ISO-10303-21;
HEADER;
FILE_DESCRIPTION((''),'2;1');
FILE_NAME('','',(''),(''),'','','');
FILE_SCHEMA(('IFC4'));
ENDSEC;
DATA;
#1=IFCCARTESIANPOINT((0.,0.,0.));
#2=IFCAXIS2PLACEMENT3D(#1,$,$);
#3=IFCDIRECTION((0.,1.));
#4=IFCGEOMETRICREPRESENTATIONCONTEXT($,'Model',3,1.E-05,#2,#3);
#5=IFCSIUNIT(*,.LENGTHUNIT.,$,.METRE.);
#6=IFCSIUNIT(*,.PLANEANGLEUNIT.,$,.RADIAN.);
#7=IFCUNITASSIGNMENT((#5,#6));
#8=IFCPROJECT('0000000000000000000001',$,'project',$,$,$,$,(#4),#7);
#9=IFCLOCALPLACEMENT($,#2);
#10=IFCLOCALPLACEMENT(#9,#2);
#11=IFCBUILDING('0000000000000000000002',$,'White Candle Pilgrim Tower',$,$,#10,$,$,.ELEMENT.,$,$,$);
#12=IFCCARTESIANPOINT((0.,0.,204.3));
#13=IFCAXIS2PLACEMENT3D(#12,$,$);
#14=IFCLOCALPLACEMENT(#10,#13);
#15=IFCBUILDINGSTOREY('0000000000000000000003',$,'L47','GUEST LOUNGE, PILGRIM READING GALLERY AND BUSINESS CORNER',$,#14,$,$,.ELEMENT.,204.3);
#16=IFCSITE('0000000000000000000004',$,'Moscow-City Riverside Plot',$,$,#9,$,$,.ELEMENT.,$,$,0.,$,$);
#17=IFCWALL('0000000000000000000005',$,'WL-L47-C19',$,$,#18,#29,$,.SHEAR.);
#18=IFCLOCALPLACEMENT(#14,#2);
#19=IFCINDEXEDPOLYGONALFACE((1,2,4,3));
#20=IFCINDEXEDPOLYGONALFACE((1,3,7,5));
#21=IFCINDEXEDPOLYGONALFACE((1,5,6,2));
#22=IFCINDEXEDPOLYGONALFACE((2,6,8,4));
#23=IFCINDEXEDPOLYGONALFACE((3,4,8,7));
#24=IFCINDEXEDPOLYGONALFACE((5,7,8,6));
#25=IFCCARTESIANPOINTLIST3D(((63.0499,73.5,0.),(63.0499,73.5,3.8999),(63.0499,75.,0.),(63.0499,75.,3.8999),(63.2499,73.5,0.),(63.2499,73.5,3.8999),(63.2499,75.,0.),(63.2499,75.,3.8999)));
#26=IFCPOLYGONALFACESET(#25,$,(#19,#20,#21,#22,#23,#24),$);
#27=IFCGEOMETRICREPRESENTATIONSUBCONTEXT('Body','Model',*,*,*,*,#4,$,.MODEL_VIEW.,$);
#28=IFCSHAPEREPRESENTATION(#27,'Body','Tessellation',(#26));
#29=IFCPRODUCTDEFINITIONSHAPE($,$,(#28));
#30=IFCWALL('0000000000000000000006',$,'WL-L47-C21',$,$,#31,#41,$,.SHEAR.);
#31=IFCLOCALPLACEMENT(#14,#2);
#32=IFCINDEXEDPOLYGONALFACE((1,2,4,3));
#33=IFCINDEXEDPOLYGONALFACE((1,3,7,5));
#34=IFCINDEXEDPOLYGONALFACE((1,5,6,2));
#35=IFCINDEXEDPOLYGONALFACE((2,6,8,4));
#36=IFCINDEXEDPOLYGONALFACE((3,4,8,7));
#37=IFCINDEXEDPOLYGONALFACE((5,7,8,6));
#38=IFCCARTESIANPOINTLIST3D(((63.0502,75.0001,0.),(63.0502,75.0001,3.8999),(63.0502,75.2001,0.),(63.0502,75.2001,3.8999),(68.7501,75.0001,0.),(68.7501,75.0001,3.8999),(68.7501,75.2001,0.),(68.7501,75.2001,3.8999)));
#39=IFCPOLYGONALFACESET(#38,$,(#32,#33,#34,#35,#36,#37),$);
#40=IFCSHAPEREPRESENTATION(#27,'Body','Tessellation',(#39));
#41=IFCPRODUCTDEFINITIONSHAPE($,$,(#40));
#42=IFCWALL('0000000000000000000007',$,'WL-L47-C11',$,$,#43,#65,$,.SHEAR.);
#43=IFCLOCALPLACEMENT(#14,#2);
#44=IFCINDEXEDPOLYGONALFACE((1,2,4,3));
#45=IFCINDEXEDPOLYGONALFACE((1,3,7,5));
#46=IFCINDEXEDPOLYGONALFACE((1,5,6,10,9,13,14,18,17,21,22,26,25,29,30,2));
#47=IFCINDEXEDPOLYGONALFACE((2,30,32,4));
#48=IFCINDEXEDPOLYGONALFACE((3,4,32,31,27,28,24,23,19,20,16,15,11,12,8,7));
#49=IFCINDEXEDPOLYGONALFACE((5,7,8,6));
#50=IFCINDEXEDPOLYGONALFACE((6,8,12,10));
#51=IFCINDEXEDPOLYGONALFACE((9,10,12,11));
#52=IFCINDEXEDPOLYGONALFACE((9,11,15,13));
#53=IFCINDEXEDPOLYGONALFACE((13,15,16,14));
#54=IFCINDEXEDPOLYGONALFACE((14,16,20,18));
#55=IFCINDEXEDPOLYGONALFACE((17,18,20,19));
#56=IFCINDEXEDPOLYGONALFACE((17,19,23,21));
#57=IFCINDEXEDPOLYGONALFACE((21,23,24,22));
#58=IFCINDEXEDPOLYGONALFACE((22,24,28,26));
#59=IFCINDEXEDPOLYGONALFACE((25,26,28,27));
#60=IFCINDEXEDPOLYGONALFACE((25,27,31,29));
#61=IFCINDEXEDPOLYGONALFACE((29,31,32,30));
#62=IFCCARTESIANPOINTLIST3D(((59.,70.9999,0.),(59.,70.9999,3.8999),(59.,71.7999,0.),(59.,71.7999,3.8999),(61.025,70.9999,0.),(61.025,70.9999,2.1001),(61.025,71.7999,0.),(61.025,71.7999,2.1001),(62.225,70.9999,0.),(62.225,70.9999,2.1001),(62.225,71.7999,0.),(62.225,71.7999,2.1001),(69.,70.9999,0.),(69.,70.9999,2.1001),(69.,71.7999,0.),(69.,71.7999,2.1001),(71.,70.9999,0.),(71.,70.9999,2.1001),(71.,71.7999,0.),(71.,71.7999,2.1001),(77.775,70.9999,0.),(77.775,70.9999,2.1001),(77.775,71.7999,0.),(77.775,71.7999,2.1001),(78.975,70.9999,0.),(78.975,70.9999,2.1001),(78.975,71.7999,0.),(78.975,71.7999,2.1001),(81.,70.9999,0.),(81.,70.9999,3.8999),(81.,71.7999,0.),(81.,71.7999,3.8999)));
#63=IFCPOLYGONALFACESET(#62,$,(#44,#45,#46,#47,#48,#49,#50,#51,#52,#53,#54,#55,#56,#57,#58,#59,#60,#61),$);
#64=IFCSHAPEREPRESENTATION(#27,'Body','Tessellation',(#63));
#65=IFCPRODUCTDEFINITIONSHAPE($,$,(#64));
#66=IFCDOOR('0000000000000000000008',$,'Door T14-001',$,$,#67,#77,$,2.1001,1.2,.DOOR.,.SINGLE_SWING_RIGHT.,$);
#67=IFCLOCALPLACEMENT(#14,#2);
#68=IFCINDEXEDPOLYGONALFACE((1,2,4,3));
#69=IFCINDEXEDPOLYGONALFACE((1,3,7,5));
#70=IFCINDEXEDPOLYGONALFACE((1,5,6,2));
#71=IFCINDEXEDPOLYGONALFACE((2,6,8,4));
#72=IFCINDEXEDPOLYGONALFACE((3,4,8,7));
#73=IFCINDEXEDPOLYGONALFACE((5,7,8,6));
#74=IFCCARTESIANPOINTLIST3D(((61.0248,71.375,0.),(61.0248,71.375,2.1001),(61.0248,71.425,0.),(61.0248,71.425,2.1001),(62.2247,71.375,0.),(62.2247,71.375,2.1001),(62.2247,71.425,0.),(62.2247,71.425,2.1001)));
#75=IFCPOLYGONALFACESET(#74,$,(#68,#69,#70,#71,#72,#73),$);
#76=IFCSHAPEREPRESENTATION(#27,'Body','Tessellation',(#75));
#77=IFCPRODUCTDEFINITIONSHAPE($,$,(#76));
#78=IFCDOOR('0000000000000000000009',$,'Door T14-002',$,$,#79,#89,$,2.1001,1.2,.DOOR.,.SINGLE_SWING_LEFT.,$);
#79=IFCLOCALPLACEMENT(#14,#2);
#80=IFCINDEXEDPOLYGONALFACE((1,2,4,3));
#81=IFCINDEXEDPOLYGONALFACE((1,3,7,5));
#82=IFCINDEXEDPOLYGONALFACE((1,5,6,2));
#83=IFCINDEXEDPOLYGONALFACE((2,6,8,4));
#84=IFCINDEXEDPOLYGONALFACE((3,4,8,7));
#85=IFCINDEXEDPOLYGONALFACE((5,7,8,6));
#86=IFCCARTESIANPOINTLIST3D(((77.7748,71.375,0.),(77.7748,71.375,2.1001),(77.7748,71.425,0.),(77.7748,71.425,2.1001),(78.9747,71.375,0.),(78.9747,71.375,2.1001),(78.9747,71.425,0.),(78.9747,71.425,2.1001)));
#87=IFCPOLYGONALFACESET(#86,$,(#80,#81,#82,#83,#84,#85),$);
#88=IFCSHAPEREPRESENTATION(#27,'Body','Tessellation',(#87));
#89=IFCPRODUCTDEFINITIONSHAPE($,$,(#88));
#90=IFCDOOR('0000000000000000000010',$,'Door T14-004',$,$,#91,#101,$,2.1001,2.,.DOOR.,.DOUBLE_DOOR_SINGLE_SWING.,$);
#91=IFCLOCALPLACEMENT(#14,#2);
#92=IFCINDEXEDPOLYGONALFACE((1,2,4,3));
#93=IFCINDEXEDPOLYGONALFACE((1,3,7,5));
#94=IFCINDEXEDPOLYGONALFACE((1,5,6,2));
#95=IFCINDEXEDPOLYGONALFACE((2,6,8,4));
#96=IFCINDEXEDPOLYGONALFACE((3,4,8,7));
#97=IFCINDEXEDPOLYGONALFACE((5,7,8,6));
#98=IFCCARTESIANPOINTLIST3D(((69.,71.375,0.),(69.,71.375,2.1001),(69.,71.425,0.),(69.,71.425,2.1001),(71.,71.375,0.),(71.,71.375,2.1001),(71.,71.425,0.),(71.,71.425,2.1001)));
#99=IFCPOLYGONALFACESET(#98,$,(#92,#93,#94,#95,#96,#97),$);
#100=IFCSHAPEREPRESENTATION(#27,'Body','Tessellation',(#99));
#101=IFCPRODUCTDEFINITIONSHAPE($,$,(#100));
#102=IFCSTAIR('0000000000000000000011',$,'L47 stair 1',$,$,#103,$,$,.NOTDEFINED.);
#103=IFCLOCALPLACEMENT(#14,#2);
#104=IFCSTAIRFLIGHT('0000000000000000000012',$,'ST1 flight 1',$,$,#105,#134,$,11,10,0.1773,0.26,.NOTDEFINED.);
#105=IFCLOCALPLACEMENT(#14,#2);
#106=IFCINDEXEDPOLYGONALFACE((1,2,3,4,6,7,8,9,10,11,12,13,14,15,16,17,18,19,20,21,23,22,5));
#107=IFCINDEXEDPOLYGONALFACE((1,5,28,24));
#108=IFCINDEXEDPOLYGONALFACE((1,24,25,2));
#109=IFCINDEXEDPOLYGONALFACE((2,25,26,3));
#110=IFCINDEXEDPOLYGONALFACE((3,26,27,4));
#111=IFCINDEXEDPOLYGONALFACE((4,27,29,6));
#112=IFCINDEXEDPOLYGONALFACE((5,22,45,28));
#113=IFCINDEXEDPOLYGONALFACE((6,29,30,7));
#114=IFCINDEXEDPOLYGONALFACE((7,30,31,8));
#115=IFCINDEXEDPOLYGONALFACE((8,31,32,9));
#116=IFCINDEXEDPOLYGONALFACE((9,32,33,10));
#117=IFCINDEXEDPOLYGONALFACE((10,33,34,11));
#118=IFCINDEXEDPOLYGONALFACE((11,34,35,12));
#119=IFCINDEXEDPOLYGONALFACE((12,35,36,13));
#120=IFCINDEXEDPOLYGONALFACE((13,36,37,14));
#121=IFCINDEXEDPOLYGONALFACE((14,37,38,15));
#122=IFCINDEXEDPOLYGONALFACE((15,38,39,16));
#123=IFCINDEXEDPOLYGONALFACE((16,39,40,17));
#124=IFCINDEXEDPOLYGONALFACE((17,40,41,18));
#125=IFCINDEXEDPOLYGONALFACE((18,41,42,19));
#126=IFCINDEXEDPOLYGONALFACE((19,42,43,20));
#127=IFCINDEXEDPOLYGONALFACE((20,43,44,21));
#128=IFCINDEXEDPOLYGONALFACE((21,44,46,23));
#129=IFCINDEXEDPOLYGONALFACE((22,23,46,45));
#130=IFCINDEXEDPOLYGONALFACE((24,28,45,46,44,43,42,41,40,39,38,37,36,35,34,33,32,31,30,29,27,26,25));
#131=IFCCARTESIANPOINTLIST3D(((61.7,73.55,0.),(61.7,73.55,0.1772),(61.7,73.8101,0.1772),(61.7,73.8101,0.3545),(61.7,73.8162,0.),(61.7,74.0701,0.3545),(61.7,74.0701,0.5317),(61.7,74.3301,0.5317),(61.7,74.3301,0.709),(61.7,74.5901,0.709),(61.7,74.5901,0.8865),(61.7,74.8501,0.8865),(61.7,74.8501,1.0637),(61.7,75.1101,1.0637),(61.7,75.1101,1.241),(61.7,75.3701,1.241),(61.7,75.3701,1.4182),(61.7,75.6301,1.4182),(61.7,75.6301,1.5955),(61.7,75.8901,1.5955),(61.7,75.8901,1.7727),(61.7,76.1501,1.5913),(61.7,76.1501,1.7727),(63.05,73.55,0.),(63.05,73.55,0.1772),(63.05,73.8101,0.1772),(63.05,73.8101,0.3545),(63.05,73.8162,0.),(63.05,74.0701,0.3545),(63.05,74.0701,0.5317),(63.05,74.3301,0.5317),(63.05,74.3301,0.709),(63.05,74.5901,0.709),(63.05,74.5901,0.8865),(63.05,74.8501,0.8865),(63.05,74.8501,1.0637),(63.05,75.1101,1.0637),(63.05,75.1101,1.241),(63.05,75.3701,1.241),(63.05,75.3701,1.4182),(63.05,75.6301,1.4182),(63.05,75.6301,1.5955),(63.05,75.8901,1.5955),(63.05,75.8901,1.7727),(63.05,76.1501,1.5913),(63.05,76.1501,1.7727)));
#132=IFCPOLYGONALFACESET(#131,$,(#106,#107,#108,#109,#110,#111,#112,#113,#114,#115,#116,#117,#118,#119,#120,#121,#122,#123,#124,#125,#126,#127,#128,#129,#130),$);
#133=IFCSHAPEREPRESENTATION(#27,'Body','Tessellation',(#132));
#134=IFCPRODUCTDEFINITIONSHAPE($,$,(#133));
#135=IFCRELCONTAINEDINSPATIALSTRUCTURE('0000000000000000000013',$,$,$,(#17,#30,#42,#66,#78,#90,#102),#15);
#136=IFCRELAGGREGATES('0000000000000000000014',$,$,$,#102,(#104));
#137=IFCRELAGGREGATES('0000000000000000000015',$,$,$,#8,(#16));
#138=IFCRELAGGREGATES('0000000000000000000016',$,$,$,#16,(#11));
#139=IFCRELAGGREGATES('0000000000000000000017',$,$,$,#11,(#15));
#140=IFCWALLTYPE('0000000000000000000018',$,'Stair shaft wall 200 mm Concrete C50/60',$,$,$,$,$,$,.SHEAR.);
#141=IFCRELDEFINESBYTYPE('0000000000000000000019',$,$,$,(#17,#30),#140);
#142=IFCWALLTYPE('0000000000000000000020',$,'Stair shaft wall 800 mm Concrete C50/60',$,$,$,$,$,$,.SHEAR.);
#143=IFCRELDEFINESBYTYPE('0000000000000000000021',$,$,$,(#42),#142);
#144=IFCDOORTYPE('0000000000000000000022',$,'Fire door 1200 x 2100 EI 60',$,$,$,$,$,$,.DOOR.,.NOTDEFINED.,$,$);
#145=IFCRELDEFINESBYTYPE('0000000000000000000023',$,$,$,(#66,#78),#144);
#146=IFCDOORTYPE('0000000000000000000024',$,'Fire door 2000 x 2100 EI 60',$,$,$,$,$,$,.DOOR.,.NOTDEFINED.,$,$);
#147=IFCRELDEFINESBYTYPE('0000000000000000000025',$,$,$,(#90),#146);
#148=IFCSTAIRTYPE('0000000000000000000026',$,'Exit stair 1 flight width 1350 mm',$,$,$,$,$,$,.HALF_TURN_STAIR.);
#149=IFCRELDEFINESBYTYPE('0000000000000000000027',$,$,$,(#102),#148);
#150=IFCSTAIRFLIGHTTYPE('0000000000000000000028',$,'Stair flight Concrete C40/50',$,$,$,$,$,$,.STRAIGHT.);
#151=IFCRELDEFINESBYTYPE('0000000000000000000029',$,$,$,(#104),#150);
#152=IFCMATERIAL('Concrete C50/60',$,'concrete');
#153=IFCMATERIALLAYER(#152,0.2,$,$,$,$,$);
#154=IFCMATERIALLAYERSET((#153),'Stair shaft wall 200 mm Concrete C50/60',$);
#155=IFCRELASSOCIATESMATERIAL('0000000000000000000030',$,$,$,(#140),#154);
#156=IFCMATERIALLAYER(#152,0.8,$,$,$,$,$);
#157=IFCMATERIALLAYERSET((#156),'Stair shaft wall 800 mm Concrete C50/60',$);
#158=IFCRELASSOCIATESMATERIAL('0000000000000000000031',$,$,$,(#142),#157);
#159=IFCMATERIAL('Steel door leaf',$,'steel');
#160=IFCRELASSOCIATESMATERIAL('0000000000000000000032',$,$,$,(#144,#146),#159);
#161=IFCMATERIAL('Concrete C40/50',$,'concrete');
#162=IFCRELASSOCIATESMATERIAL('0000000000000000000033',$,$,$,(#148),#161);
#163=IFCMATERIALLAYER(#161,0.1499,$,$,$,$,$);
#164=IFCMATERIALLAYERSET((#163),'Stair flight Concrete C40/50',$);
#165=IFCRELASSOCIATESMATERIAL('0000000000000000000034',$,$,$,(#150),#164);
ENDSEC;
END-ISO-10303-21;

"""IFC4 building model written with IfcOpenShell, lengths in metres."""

from ifc_helpers import new_model, si_unit, direction, frame, frame_2d, origin, place, context, subcontext, project, spatial, polyline, rectangle, outline, extrude, material, layer, layer_set, type_object, element, fill, aggregate, save


model = new_model("IFC4")

# Units and contexts
model_context = context("Model", 3, precision=1e-05, world=origin(), true_north=direction((0.0, 1.0)))
body_context = subcontext(model_context, "Body", "Model", "MODEL_VIEW")
ifc_project = project(units=[si_unit("LENGTHUNIT", "METRE"), si_unit("PLANEANGLEUNIT", "RADIAN")], contexts=[model_context])

# Site, building, storey
site_placement = place(None, origin())
site = spatial("IfcSite", under=ifc_project, at=site_placement, Name="Moscow-City Riverside Plot", CompositionType="ELEMENT", RefElevation=0.0)
building_placement = place(site_placement, origin())
building = spatial("IfcBuilding", under=site, at=building_placement, Name="White Candle Pilgrim Tower", CompositionType="ELEMENT")
storey_placement = place(building_placement, frame((0.0, 0.0, 204.3)))
storey = spatial("IfcBuildingStorey", under=building, at=storey_placement, Name="L47", Description="GUEST LOUNGE, PILGRIM READING GALLERY AND BUSINESS CORNER", CompositionType="ELEMENT", Elevation=204.3)

# Shared definitions
ifc_material_1 = material(Name="Steel door leaf", Category="steel")

# Walls
ifc_material_2 = material(Name="Concrete C50/60", Category="concrete")
ifc_layer_1 = layer(ifc_material_2, 0.2)
ifc_layer_set_1 = layer_set([ifc_layer_1], Name="Stair shaft wall 200 mm Concrete C50/60")
wall_type_1 = type_object("IfcWallType", Name="Stair shaft wall 200 mm Concrete C50/60", PredefinedType="SHEAR", material=ifc_layer_set_1)
wall_1_placement = place(storey_placement, frame((63.1499, 73.5, 0.0), z_axis=(0.0, 0.0, 1.0), x_axis=(0.0, 1.0, 0.0)))
element("IfcWall", 1, at=wall_1_placement, inside=storey, type_object=wall_type_1, Name="WL-L47-C19", PredefinedType="SHEAR", context=body_context, shape_type="SweptSolid", body=[
    extrude(rectangle(XDim=1.5, YDim=0.2, at=frame_2d((0.75, 0.0))), origin(), (0.0, 0.0, 1.0), 3.8999),
])
wall_2_placement = place(storey_placement, frame((63.05, 75.1001, 0.0), z_axis=(0.0, 0.0, 1.0), x_axis=(1.0, 0.0, 0.0)))
element("IfcWall", 2, at=wall_2_placement, inside=storey, type_object=wall_type_1, Name="WL-L47-C21", PredefinedType="SHEAR", context=body_context, shape_type="SweptSolid", body=[
    extrude(rectangle(XDim=5.7, YDim=0.2, at=frame_2d((2.8501, 0.0))), origin(), (0.0, 0.0, 1.0), 3.8999),
])

# Wall, openings, doors
ifc_layer_2 = layer(ifc_material_2, 0.8)
ifc_layer_set_2 = layer_set([ifc_layer_2], Name="Stair shaft wall 800 mm Concrete C50/60")
wall_type_2 = type_object("IfcWallType", Name="Stair shaft wall 800 mm Concrete C50/60", PredefinedType="SHEAR", material=ifc_layer_set_2)
wall_3_placement = place(storey_placement, frame((59.0, 71.3999, 0.0), z_axis=(0.0, 0.0, 1.0), x_axis=(1.0, 0.0, 0.0)))
wall_3 = element("IfcWall", 3, at=wall_3_placement, inside=storey, type_object=wall_type_2, Name="WL-L47-C11", PredefinedType="SHEAR", context=body_context, shape_type="SweptSolid", body=[
    extrude(rectangle(XDim=22.0, YDim=0.8, at=frame_2d((11.0, 0.0))), origin(), (0.0, 0.0, 1.0), 3.8999),
])
opening_1_placement = place(wall_3_placement, frame((2.0249, 0.0, 0.0)))
opening_1 = element("IfcOpeningElement", 4, at=opening_1_placement, cuts=wall_3, PredefinedType="OPENING", context=body_context, shape_type="SweptSolid", body=[
    extrude(rectangle(XDim=1.2, YDim=2.1001, at=frame_2d((0.6001, 1.05))), frame((0.0, 0.4099, 0.0), z_axis=(0.0, -1.0, 0.0), x_axis=(1.0, 0.0, 0.0)), (0.0, 0.0, 1.0), 0.8201),
])
opening_2_placement = place(wall_3_placement, frame((18.7749, 0.0, 0.0)))
opening_2 = element("IfcOpeningElement", 5, at=opening_2_placement, cuts=wall_3, PredefinedType="OPENING", context=body_context, shape_type="SweptSolid", body=[
    extrude(rectangle(XDim=1.2, YDim=2.1001, at=frame_2d((0.6001, 1.05))), frame((0.0, 0.4099, 0.0), z_axis=(0.0, -1.0, 0.0), x_axis=(1.0, 0.0, 0.0)), (0.0, 0.0, 1.0), 0.8201),
])
opening_3_placement = place(wall_3_placement, frame((10.0, 0.0, 0.0)))
opening_3 = element("IfcOpeningElement", 6, at=opening_3_placement, cuts=wall_3, PredefinedType="OPENING", context=body_context, shape_type="SweptSolid", body=[
    extrude(rectangle(XDim=2.0, YDim=2.1001, at=frame_2d((1.0, 1.05))), frame((0.0, 0.4099, 0.0), z_axis=(0.0, -1.0, 0.0), x_axis=(1.0, 0.0, 0.0)), (0.0, 0.0, 1.0), 0.8201),
])
door_type_1 = type_object("IfcDoorType", Name="Fire door 1200 x 2100 EI 60", OperationType="NOTDEFINED", PredefinedType="DOOR", material=ifc_material_1)
door_1_placement = place(opening_1_placement, frame((1.2, 0.0, 0.0), z_axis=(0.0, 0.0, 1.0), x_axis=(-1.0, 0.0, 0.0)))
door_1 = element("IfcDoor", 7, at=door_1_placement, inside=storey, type_object=door_type_1, Name="Door T14-001", OperationType="SINGLE_SWING_RIGHT", OverallHeight=2.1001, OverallWidth=1.2, PredefinedType="DOOR", context=body_context, shape_type="SweptSolid", body=[
    extrude(rectangle(XDim=1.2, YDim=2.1001, at=frame_2d((0.6001, 1.05))), frame((0.0, 0.0249, 0.0), z_axis=(0.0, -1.0, 0.0), x_axis=(1.0, 0.0, 0.0)), (0.0, 0.0, 1.0), 0.05),
])
fill(opening_1, door_1)
door_2_placement = place(opening_2_placement, frame((1.2, 0.0, 0.0), z_axis=(0.0, 0.0, 1.0), x_axis=(-1.0, 0.0, 0.0)))
door_2 = element("IfcDoor", 8, at=door_2_placement, inside=storey, type_object=door_type_1, Name="Door T14-002", OperationType="SINGLE_SWING_LEFT", OverallHeight=2.1001, OverallWidth=1.2, PredefinedType="DOOR", context=body_context, shape_type="SweptSolid", body=[
    extrude(rectangle(XDim=1.2, YDim=2.1001, at=frame_2d((0.6001, 1.05))), frame((0.0, 0.0249, 0.0), z_axis=(0.0, -1.0, 0.0), x_axis=(1.0, 0.0, 0.0)), (0.0, 0.0, 1.0), 0.05),
])
fill(opening_2, door_2)
door_type_2 = type_object("IfcDoorType", Name="Fire door 2000 x 2100 EI 60", OperationType="NOTDEFINED", PredefinedType="DOOR", material=ifc_material_1)
door_3_placement = place(opening_3_placement, frame((2.0, 0.0, 0.0), z_axis=(0.0, 0.0, 1.0), x_axis=(-1.0, 0.0, 0.0)))
door_3 = element("IfcDoor", 9, at=door_3_placement, inside=storey, type_object=door_type_2, Name="Door T14-004", OperationType="DOUBLE_DOOR_SINGLE_SWING", OverallHeight=2.1001, OverallWidth=2.0, PredefinedType="DOOR", context=body_context, shape_type="SweptSolid", body=[
    extrude(rectangle(XDim=2.0, YDim=2.1001, at=frame_2d((1.0, 1.05))), frame((0.0, 0.0249, 0.0), z_axis=(0.0, -1.0, 0.0), x_axis=(1.0, 0.0, 0.0)), (0.0, 0.0, 1.0), 0.05),
])
fill(opening_3, door_3)

# Stair, stair flight
ifc_material_3 = material(Name="Concrete C40/50", Category="concrete")
stair_type = type_object("IfcStairType", Name="Exit stair 1 flight width 1350 mm", PredefinedType="HALF_TURN_STAIR", material=ifc_material_3)
stair_placement = place(storey_placement, origin())
stair = element("IfcStair", 10, at=stair_placement, inside=storey, type_object=stair_type, Name="L47 stair 1", PredefinedType="NOTDEFINED")
ifc_layer_3 = layer(ifc_material_3, 0.1499)
ifc_layer_set_3 = layer_set([ifc_layer_3], Name="Stair flight Concrete C40/50")
stair_flight_type = type_object("IfcStairFlightType", Name="Stair flight Concrete C40/50", PredefinedType="STRAIGHT", material=ifc_layer_set_3)
stair_flight_placement = place(storey_placement, frame((62.375, 73.55, 0.0), z_axis=(0.0, 0.0, 1.0), x_axis=(0.0, 1.0, 0.0)))
stair_flight = element("IfcStairFlight", 11, at=stair_flight_placement, type_object=stair_flight_type, Name="ST1 flight 1", NumberOfRisers=11, NumberOfTreads=10, PredefinedType="NOTDEFINED", RiserHeight=0.1773, TreadLength=0.26, context=body_context, shape_type="SweptSolid", body=[
    extrude(outline(polyline([(0.0, 0.0), (0.0, 0.1772), (0.26, 0.1772), (0.26, 0.3545), (0.52, 0.3545), (0.52, 0.5317), (0.78, 0.5317), (0.78, 0.709), (1.04, 0.709), (1.04, 0.8865), (1.3, 0.8865), (1.3, 1.0637), (1.5601, 1.0637), (1.5601, 1.241), (1.8201, 1.241), (1.8201, 1.4182), (2.0801, 1.4182), (2.0801, 1.5955), (2.3401, 1.5955), (2.3401, 1.7727), (2.6001, 1.7727), (2.6001, 1.95), (2.6001, 1.5913), (0.2661, 0.0), (0.0, 0.0)])), frame((0.0, 0.675, 0.0), z_axis=(0.0, -1.0, 0.0), x_axis=(1.0, 0.0, 0.0)), (0.0, 0.0, 1.0), 1.3501),
])
aggregate(stair, [stair_flight])

save(model, "model.ifc")
